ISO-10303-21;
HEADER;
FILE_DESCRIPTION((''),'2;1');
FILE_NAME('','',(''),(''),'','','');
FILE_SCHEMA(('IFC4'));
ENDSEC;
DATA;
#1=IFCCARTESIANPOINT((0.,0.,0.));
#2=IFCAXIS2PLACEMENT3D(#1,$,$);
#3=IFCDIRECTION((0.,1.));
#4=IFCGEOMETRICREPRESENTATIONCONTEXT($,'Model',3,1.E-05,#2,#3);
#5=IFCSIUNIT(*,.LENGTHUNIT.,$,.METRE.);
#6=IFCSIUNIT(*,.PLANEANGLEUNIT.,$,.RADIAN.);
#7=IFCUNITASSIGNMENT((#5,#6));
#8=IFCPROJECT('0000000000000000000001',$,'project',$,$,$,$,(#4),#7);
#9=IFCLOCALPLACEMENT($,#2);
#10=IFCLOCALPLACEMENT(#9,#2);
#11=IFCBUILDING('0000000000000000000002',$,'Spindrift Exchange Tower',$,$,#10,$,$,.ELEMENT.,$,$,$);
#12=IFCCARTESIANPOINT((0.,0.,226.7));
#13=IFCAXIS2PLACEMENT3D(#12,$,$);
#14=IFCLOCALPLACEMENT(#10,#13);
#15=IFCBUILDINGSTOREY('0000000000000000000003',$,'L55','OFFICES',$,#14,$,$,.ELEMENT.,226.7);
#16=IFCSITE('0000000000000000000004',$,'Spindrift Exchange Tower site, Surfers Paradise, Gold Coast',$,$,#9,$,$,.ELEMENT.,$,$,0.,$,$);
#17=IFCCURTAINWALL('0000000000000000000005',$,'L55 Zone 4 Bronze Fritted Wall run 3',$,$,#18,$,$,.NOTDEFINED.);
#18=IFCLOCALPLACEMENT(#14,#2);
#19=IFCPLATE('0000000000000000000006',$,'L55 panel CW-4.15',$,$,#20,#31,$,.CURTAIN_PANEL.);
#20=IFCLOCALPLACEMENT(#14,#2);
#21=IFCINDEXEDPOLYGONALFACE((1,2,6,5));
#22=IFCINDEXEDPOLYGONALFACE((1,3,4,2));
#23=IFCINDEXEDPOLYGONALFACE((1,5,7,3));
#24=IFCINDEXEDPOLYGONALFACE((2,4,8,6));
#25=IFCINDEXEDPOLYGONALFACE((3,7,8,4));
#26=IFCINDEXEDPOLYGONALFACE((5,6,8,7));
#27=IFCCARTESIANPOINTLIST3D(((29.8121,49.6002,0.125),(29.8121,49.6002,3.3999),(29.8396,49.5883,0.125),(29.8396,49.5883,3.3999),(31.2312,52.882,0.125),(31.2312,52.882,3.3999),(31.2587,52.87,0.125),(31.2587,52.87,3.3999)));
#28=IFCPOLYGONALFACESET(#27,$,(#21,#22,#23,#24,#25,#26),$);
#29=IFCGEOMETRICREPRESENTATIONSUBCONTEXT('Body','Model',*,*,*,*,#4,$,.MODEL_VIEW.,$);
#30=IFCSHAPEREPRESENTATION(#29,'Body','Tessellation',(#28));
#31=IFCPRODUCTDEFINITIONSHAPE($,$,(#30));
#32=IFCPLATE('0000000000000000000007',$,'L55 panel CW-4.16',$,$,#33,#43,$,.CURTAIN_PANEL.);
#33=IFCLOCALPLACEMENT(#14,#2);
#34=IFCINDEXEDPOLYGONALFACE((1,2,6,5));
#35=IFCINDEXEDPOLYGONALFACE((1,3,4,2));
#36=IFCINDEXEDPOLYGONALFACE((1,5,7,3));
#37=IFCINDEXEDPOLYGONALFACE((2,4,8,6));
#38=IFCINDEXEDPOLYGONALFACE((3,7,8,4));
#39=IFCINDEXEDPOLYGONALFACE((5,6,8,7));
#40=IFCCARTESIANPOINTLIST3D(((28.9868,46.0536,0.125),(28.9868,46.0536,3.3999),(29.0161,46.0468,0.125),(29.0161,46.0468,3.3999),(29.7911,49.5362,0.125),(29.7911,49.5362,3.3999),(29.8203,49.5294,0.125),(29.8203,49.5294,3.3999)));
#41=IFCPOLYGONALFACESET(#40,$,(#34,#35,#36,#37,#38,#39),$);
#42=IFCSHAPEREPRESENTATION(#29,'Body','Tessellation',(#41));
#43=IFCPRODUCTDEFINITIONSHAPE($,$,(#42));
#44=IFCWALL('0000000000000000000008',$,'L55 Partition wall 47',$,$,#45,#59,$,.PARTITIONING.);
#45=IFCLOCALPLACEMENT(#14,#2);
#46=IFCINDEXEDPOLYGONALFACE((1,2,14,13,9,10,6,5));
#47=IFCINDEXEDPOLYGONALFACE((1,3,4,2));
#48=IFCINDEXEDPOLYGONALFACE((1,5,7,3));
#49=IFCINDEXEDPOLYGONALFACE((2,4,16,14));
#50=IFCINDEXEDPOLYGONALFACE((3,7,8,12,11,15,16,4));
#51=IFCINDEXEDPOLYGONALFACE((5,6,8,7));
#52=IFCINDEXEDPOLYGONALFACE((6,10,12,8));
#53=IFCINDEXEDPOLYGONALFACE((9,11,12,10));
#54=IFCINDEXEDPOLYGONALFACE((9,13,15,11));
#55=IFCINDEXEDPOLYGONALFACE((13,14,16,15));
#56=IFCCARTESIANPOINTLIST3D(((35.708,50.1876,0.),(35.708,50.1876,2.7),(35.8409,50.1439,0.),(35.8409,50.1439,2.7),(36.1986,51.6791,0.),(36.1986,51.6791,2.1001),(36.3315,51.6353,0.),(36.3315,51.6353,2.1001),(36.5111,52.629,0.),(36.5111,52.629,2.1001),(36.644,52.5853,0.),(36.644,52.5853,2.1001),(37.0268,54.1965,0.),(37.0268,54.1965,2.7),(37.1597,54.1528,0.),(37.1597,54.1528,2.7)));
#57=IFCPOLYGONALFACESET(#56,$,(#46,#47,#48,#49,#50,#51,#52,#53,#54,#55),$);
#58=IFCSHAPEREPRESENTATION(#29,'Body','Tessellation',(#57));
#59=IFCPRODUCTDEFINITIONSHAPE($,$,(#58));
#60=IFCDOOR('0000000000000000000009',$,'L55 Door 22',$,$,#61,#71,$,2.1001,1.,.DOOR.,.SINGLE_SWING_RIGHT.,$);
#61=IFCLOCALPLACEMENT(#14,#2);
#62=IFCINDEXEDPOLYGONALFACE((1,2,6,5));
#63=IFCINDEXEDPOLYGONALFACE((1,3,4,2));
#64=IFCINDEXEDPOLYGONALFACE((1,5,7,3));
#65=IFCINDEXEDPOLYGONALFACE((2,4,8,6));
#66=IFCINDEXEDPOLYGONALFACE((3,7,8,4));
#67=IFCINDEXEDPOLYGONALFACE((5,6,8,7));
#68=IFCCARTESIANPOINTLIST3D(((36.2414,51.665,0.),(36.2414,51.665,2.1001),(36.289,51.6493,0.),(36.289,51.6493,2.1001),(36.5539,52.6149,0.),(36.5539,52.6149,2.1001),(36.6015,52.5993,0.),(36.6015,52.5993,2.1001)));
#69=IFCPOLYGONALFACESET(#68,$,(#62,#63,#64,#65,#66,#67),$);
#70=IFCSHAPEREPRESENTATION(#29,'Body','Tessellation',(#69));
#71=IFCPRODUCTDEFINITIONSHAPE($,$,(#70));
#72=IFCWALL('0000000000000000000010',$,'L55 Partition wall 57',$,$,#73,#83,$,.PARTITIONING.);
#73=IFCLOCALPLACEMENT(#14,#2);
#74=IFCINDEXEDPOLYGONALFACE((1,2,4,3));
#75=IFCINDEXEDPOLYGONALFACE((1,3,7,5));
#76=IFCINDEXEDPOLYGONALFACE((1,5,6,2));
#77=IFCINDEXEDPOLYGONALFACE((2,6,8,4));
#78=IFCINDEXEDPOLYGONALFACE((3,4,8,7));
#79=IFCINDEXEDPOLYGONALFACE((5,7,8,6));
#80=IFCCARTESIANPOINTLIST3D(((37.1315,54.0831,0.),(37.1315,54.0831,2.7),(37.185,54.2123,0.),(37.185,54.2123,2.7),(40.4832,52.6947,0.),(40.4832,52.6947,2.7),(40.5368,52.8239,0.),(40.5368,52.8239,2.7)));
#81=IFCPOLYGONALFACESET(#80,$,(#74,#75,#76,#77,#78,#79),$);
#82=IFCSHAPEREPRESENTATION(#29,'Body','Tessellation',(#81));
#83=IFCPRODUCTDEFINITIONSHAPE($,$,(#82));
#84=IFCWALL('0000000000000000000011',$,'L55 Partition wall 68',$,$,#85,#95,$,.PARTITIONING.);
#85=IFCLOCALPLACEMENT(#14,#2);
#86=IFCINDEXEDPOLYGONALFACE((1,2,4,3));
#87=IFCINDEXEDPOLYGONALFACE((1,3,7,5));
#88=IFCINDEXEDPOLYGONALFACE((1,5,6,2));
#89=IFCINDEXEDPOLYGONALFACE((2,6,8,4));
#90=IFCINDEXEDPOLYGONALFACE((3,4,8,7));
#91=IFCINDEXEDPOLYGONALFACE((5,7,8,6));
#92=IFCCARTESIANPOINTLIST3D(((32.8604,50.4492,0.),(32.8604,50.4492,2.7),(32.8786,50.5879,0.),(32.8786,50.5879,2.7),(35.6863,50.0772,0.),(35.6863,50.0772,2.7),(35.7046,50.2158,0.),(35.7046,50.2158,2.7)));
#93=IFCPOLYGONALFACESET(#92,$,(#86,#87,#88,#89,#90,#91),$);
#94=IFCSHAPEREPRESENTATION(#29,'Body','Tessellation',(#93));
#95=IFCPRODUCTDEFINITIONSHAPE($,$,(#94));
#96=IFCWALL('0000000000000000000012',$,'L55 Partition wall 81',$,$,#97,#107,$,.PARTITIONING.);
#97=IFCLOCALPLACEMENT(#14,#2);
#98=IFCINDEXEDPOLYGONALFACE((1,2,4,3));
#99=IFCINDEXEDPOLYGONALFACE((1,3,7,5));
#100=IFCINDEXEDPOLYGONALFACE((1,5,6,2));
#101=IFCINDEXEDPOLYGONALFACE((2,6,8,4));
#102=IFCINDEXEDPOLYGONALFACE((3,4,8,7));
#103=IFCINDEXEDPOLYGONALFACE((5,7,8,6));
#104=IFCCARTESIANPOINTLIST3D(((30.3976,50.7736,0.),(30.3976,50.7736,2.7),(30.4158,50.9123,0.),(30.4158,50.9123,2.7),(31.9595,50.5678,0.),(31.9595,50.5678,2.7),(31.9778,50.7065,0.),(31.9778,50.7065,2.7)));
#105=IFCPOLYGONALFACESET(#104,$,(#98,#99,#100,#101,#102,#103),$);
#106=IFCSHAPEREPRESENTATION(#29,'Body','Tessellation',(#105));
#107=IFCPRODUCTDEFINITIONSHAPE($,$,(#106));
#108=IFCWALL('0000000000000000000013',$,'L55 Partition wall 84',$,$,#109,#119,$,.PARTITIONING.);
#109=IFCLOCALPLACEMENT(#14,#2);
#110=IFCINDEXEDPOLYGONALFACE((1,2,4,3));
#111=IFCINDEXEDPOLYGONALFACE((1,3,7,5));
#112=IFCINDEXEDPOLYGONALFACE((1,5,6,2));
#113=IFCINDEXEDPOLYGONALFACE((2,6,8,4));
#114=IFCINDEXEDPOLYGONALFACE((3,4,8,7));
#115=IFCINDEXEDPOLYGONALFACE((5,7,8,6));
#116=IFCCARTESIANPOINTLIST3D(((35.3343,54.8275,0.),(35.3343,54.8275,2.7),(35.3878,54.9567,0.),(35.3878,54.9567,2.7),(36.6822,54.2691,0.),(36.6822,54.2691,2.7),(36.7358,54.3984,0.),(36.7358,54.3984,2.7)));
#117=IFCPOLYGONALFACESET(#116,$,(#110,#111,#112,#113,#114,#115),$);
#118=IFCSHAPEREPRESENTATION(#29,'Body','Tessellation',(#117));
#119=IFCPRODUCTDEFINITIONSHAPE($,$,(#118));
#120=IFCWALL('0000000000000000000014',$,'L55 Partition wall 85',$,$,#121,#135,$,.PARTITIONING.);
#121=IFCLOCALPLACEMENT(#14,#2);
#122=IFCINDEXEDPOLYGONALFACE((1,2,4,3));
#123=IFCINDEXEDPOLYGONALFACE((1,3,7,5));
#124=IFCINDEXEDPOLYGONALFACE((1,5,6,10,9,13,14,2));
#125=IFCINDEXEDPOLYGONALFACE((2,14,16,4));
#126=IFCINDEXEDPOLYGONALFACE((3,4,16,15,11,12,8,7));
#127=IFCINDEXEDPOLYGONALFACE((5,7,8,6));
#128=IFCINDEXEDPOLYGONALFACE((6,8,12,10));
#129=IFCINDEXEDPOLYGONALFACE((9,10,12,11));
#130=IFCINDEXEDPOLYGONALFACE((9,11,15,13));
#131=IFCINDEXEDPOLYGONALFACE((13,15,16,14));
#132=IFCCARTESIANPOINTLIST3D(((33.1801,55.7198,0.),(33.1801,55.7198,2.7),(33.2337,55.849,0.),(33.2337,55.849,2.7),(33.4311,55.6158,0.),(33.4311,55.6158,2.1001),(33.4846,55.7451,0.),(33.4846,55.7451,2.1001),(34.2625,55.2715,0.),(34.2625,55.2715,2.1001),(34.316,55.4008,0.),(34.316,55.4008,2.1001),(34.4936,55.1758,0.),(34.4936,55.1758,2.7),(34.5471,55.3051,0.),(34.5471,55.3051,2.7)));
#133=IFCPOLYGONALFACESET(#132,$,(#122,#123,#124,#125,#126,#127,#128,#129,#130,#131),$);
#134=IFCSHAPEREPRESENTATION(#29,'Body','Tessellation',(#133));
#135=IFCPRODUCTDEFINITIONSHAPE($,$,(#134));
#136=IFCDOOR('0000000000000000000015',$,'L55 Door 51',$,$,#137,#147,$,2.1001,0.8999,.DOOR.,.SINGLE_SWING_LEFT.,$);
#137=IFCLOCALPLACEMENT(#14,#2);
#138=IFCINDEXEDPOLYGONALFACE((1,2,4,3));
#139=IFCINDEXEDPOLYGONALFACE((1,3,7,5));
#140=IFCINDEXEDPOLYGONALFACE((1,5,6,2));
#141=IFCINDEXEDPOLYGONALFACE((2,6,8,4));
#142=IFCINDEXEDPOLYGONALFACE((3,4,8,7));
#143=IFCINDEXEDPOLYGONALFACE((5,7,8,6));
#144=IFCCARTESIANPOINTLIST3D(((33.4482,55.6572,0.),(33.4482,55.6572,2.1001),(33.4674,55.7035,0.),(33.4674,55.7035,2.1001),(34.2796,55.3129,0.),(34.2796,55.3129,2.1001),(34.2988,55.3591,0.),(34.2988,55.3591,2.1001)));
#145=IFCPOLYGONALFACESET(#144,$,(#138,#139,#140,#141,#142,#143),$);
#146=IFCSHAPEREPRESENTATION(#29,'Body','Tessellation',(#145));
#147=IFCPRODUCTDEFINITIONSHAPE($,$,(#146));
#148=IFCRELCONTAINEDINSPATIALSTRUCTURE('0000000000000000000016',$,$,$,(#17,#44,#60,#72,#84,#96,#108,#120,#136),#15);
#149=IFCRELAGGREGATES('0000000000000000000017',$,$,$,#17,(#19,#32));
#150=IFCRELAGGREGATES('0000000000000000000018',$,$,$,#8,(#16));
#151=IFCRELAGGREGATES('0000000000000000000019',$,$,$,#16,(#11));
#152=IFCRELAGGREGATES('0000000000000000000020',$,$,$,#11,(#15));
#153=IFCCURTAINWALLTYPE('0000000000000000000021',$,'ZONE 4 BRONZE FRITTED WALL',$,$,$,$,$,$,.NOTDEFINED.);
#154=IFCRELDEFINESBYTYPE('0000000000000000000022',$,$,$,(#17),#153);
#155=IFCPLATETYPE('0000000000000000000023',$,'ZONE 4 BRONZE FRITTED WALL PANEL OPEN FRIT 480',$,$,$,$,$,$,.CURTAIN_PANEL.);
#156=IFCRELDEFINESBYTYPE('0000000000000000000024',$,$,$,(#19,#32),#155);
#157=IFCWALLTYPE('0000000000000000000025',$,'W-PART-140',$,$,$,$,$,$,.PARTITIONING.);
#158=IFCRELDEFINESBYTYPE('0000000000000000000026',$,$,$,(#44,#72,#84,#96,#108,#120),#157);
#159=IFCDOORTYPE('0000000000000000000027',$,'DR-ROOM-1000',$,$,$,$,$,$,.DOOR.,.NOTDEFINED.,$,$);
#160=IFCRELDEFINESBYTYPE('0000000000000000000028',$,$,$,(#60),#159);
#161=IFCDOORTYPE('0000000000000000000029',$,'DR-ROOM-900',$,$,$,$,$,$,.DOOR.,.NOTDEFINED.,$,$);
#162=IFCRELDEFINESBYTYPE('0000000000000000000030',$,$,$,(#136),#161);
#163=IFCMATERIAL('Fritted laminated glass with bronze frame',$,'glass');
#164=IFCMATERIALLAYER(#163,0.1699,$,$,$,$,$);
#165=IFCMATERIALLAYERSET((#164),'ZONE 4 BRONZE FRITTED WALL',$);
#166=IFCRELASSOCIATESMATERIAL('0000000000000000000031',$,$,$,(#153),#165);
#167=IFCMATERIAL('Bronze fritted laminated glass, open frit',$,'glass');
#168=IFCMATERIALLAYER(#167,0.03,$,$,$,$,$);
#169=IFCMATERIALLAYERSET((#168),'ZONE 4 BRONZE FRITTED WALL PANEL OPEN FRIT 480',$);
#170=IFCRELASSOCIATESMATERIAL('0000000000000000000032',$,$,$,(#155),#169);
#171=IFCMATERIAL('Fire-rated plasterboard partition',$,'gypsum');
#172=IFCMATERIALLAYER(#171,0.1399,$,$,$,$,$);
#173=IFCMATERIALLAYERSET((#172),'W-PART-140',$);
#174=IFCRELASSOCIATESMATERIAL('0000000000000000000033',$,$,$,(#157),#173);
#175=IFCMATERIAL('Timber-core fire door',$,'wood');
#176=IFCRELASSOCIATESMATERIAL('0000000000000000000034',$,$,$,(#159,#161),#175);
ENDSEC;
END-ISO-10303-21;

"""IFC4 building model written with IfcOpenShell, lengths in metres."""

from ifc_helpers import new_model, si_unit, direction, frame, frame_2d, origin, origin_2d, place, context, subcontext, project, spatial, rectangle, extrude, source, transform, mapped, material, layer, layer_set, type_object, element, fill, aggregate, save


model = new_model("IFC4")

# Units and contexts
model_context = context("Model", 3, precision=1e-05, world=origin(), true_north=direction((0.0, 1.0)))
body_context = subcontext(model_context, "Body", "Model", "MODEL_VIEW")
ifc_project = project(units=[si_unit("LENGTHUNIT", "METRE"), si_unit("PLANEANGLEUNIT", "RADIAN")], contexts=[model_context])

# Site, building, storey
site_placement = place(None, origin())
site = spatial("IfcSite", under=ifc_project, at=site_placement, Name="Spindrift Exchange Tower site, Surfers Paradise, Gold Coast", CompositionType="ELEMENT", RefElevation=0.0)
building_placement = place(site_placement, origin())
building = spatial("IfcBuilding", under=site, at=building_placement, Name="Spindrift Exchange Tower", CompositionType="ELEMENT")
storey_placement = place(building_placement, frame((0.0, 0.0, 226.7)))
storey = spatial("IfcBuildingStorey", under=building, at=storey_placement, Name="L55", Description="OFFICES", CompositionType="ELEMENT", Elevation=226.7)

# Curtain wall, plates
ifc_material_1 = material(Name="Fritted laminated glass with bronze frame", Category="glass")
ifc_layer_1 = layer(ifc_material_1, 0.1699)
ifc_layer_set_1 = layer_set([ifc_layer_1], Name="ZONE 4 BRONZE FRITTED WALL")
curtain_wall_type = type_object("IfcCurtainWallType", Name="ZONE 4 BRONZE FRITTED WALL", PredefinedType="NOTDEFINED", material=ifc_layer_set_1)
curtain_wall_placement = place(storey_placement, origin())
curtain_wall = element("IfcCurtainWall", 1, at=curtain_wall_placement, inside=storey, type_object=curtain_wall_type, Name="L55 Zone 4 Bronze Fritted Wall run 3", PredefinedType="NOTDEFINED")
ifc_material_2 = material(Name="Bronze fritted laminated glass, open frit", Category="glass")
ifc_layer_2 = layer(ifc_material_2, 0.03)
ifc_layer_set_2 = layer_set([ifc_layer_2], Name="ZONE 4 BRONZE FRITTED WALL PANEL OPEN FRIT 480")
plate_type = type_object("IfcPlateType", Name="ZONE 4 BRONZE FRITTED WALL PANEL OPEN FRIT 480", PredefinedType="CURTAIN_PANEL", material=ifc_layer_set_2)
shared_shape_1 = source(origin(), body_context, "Body", "SweptSolid", [
    extrude(rectangle(XDim=3.5754, YDim=0.03, at=origin_2d()), origin(), (0.0, 0.0, 1.0), 3.2749),
])
plate_1_placement = place(storey_placement, frame((30.5354, 51.2351, 0.125), z_axis=(0.0, 0.0, 1.0), x_axis=(-0.396895, -0.917864, 0.0)))
plate_1 = element("IfcPlate", 2, at=plate_1_placement, type_object=plate_type, Name="L55 panel CW-4.15", PredefinedType="CURTAIN_PANEL", context=body_context, shape_type="MappedRepresentation", body=[
    mapped(shared_shape_1, transform((0.0, 0.0, 0.0), scale=1.0)),
])
shared_shape_2 = source(origin(), body_context, "Body", "SweptSolid", [
    extrude(rectangle(XDim=3.5742, YDim=0.03, at=origin_2d()), origin(), (0.0, 0.0, 1.0), 3.2749),
])
plate_2_placement = place(storey_placement, frame((29.4036, 47.7915, 0.125), z_axis=(0.0, 0.0, 1.0), x_axis=(-0.225021, -0.974354, 0.0)))
plate_2 = element("IfcPlate", 3, at=plate_2_placement, type_object=plate_type, Name="L55 panel CW-4.16", PredefinedType="CURTAIN_PANEL", context=body_context, shape_type="MappedRepresentation", body=[
    mapped(shared_shape_2, transform((0.0, 0.0, 0.0), scale=1.0)),
])
aggregate(curtain_wall, [plate_1, plate_2])

# Wall, opening, door
ifc_material_3 = material(Name="Fire-rated plasterboard partition", Category="gypsum")
ifc_layer_3 = layer(ifc_material_3, 0.1399)
ifc_layer_set_3 = layer_set([ifc_layer_3], Name="W-PART-140")
wall_type = type_object("IfcWallType", Name="W-PART-140", PredefinedType="PARTITIONING", material=ifc_layer_set_3)
wall_1_placement = place(storey_placement, frame((35.7744, 50.1658, 0.0), z_axis=(0.0, 0.0, 1.0), x_axis=(0.312511, 0.949914, 0.0)))
wall_1 = element("IfcWall", 4, at=wall_1_placement, inside=storey, type_object=wall_type, Name="L55 Partition wall 47", PredefinedType="PARTITIONING", context=body_context, shape_type="SweptSolid", body=[
    extrude(rectangle(XDim=4.2202, YDim=0.1399, at=frame_2d((2.1101, 0.0))), origin(), (0.0, 0.0, 1.0), 2.7),
])
opening_1_placement = place(wall_1_placement, frame((1.5701, 0.0, 0.0)))
opening_1 = element("IfcOpeningElement", 5, at=opening_1_placement, cuts=wall_1, PredefinedType="OPENING", context=body_context, shape_type="SweptSolid", body=[
    extrude(rectangle(XDim=1.0, YDim=2.1001, at=frame_2d((0.5, 1.05))), frame((0.0, 0.0798, 0.0), z_axis=(0.0, -1.0, 0.0), x_axis=(1.0, 0.0, 0.0)), (0.0, 0.0, 1.0), 0.1599),
])
ifc_material_4 = material(Name="Timber-core fire door", Category="wood")
door_type_1 = type_object("IfcDoorType", Name="DR-ROOM-1000", OperationType="NOTDEFINED", PredefinedType="DOOR", material=ifc_material_4)
shared_shape_3 = source(origin(), body_context, "Body", "SweptSolid", [
    extrude(rectangle(XDim=1.0, YDim=2.1001, at=frame_2d((0.5, 1.05))), frame((0.0, 0.0249, 0.0), z_axis=(0.0, -1.0, 0.0), x_axis=(1.0, 0.0, 0.0)), (0.0, 0.0, 1.0), 0.05),
])
door_1_placement = place(opening_1_placement, origin())
door_1 = element("IfcDoor", 6, at=door_1_placement, inside=storey, type_object=door_type_1, Name="L55 Door 22", OperationType="SINGLE_SWING_RIGHT", OverallHeight=2.1001, OverallWidth=1.0, PredefinedType="DOOR", context=body_context, shape_type="MappedRepresentation", body=[
    mapped(shared_shape_3, transform((0.0, 0.0, 0.0), scale=1.0)),
])
fill(opening_1, door_1)

# Walls
wall_2_placement = place(storey_placement, frame((40.51, 52.7593, 0.0), z_axis=(0.0, 0.0, 1.0), x_axis=(-0.923873, 0.382698, 0.0)))
element("IfcWall", 7, at=wall_2_placement, inside=storey, type_object=wall_type, Name="L55 Partition wall 57", PredefinedType="PARTITIONING", context=body_context, shape_type="SweptSolid", body=[
    extrude(rectangle(XDim=3.6279, YDim=0.1399, at=frame_2d((1.814, 0.0))), origin(), (0.0, 0.0, 1.0), 2.7),
])
wall_3_placement = place(storey_placement, frame((35.6956, 50.1465, 0.0), z_axis=(0.0, 0.0, 1.0), x_axis=(-0.991444, 0.130536, 0.0)))
element("IfcWall", 8, at=wall_3_placement, inside=storey, type_object=wall_type, Name="L55 Partition wall 68", PredefinedType="PARTITIONING", context=body_context, shape_type="SweptSolid", body=[
    extrude(rectangle(XDim=2.8503, YDim=0.1399, at=frame_2d((1.4253, 0.0))), origin(), (0.0, 0.0, 1.0), 2.7),
])
wall_4_placement = place(storey_placement, frame((31.9685, 50.6372, 0.0), z_axis=(0.0, 0.0, 1.0), x_axis=(-0.991431, 0.130631, 0.0)))
element("IfcWall", 9, at=wall_4_placement, inside=storey, type_object=wall_type, Name="L55 Partition wall 81", PredefinedType="PARTITIONING", context=body_context, shape_type="SweptSolid", body=[
    extrude(rectangle(XDim=1.5754, YDim=0.1399, at=frame_2d((0.7876, 0.0))), origin(), (0.0, 0.0, 1.0), 2.7),
])
wall_5_placement = place(storey_placement, frame((36.709, 54.3337, 0.0), z_axis=(0.0, 0.0, 1.0), x_axis=(-0.923872, 0.382702, 0.0)))
element("IfcWall", 10, at=wall_5_placement, inside=storey, type_object=wall_type, Name="L55 Partition wall 84", PredefinedType="PARTITIONING", context=body_context, shape_type="SweptSolid", body=[
    extrude(rectangle(XDim=1.459, YDim=0.1399, at=frame_2d((0.7295, 0.0))), origin(), (0.0, 0.0, 1.0), 2.7),
])

# Wall, opening, door
wall_6_placement = place(storey_placement, frame((33.2068, 55.7844, 0.0), z_axis=(0.0, 0.0, 1.0), x_axis=(0.923908, -0.382615, 0.0)))
wall_6 = element("IfcWall", 11, at=wall_6_placement, inside=storey, type_object=wall_type, Name="L55 Partition wall 85", PredefinedType="PARTITIONING", context=body_context, shape_type="SweptSolid", body=[
    extrude(rectangle(XDim=1.4216, YDim=0.1399, at=frame_2d((0.7109, 0.0))), origin(), (0.0, 0.0, 1.0), 2.7),
])
opening_2_placement = place(wall_6_placement, frame((0.2717, 0.0, 0.0)))
opening_2 = element("IfcOpeningElement", 12, at=opening_2_placement, cuts=wall_6, PredefinedType="OPENING", context=body_context, shape_type="SweptSolid", body=[
    extrude(rectangle(XDim=0.8999, YDim=2.1001, at=frame_2d((0.45, 1.05))), frame((0.0, 0.0798, 0.0), z_axis=(0.0, -1.0, 0.0), x_axis=(1.0, 0.0, 0.0)), (0.0, 0.0, 1.0), 0.1599),
])
door_type_2 = type_object("IfcDoorType", Name="DR-ROOM-900", OperationType="NOTDEFINED", PredefinedType="DOOR", material=ifc_material_4)
shared_shape_4 = source(origin(), body_context, "Body", "SweptSolid", [
    extrude(rectangle(XDim=0.8999, YDim=2.1001, at=frame_2d((0.45, 1.05))), frame((0.0, 0.0249, 0.0), z_axis=(0.0, -1.0, 0.0), x_axis=(1.0, 0.0, 0.0)), (0.0, 0.0, 1.0), 0.05),
])
door_2_placement = place(opening_2_placement, origin())
door_2 = element("IfcDoor", 13, at=door_2_placement, inside=storey, type_object=door_type_2, Name="L55 Door 51", OperationType="SINGLE_SWING_LEFT", OverallHeight=2.1001, OverallWidth=0.8999, PredefinedType="DOOR", context=body_context, shape_type="MappedRepresentation", body=[
    mapped(shared_shape_4, transform((0.0, 0.0, 0.0), scale=1.0)),
])
fill(opening_2, door_2)

save(model, "model.ifc")
